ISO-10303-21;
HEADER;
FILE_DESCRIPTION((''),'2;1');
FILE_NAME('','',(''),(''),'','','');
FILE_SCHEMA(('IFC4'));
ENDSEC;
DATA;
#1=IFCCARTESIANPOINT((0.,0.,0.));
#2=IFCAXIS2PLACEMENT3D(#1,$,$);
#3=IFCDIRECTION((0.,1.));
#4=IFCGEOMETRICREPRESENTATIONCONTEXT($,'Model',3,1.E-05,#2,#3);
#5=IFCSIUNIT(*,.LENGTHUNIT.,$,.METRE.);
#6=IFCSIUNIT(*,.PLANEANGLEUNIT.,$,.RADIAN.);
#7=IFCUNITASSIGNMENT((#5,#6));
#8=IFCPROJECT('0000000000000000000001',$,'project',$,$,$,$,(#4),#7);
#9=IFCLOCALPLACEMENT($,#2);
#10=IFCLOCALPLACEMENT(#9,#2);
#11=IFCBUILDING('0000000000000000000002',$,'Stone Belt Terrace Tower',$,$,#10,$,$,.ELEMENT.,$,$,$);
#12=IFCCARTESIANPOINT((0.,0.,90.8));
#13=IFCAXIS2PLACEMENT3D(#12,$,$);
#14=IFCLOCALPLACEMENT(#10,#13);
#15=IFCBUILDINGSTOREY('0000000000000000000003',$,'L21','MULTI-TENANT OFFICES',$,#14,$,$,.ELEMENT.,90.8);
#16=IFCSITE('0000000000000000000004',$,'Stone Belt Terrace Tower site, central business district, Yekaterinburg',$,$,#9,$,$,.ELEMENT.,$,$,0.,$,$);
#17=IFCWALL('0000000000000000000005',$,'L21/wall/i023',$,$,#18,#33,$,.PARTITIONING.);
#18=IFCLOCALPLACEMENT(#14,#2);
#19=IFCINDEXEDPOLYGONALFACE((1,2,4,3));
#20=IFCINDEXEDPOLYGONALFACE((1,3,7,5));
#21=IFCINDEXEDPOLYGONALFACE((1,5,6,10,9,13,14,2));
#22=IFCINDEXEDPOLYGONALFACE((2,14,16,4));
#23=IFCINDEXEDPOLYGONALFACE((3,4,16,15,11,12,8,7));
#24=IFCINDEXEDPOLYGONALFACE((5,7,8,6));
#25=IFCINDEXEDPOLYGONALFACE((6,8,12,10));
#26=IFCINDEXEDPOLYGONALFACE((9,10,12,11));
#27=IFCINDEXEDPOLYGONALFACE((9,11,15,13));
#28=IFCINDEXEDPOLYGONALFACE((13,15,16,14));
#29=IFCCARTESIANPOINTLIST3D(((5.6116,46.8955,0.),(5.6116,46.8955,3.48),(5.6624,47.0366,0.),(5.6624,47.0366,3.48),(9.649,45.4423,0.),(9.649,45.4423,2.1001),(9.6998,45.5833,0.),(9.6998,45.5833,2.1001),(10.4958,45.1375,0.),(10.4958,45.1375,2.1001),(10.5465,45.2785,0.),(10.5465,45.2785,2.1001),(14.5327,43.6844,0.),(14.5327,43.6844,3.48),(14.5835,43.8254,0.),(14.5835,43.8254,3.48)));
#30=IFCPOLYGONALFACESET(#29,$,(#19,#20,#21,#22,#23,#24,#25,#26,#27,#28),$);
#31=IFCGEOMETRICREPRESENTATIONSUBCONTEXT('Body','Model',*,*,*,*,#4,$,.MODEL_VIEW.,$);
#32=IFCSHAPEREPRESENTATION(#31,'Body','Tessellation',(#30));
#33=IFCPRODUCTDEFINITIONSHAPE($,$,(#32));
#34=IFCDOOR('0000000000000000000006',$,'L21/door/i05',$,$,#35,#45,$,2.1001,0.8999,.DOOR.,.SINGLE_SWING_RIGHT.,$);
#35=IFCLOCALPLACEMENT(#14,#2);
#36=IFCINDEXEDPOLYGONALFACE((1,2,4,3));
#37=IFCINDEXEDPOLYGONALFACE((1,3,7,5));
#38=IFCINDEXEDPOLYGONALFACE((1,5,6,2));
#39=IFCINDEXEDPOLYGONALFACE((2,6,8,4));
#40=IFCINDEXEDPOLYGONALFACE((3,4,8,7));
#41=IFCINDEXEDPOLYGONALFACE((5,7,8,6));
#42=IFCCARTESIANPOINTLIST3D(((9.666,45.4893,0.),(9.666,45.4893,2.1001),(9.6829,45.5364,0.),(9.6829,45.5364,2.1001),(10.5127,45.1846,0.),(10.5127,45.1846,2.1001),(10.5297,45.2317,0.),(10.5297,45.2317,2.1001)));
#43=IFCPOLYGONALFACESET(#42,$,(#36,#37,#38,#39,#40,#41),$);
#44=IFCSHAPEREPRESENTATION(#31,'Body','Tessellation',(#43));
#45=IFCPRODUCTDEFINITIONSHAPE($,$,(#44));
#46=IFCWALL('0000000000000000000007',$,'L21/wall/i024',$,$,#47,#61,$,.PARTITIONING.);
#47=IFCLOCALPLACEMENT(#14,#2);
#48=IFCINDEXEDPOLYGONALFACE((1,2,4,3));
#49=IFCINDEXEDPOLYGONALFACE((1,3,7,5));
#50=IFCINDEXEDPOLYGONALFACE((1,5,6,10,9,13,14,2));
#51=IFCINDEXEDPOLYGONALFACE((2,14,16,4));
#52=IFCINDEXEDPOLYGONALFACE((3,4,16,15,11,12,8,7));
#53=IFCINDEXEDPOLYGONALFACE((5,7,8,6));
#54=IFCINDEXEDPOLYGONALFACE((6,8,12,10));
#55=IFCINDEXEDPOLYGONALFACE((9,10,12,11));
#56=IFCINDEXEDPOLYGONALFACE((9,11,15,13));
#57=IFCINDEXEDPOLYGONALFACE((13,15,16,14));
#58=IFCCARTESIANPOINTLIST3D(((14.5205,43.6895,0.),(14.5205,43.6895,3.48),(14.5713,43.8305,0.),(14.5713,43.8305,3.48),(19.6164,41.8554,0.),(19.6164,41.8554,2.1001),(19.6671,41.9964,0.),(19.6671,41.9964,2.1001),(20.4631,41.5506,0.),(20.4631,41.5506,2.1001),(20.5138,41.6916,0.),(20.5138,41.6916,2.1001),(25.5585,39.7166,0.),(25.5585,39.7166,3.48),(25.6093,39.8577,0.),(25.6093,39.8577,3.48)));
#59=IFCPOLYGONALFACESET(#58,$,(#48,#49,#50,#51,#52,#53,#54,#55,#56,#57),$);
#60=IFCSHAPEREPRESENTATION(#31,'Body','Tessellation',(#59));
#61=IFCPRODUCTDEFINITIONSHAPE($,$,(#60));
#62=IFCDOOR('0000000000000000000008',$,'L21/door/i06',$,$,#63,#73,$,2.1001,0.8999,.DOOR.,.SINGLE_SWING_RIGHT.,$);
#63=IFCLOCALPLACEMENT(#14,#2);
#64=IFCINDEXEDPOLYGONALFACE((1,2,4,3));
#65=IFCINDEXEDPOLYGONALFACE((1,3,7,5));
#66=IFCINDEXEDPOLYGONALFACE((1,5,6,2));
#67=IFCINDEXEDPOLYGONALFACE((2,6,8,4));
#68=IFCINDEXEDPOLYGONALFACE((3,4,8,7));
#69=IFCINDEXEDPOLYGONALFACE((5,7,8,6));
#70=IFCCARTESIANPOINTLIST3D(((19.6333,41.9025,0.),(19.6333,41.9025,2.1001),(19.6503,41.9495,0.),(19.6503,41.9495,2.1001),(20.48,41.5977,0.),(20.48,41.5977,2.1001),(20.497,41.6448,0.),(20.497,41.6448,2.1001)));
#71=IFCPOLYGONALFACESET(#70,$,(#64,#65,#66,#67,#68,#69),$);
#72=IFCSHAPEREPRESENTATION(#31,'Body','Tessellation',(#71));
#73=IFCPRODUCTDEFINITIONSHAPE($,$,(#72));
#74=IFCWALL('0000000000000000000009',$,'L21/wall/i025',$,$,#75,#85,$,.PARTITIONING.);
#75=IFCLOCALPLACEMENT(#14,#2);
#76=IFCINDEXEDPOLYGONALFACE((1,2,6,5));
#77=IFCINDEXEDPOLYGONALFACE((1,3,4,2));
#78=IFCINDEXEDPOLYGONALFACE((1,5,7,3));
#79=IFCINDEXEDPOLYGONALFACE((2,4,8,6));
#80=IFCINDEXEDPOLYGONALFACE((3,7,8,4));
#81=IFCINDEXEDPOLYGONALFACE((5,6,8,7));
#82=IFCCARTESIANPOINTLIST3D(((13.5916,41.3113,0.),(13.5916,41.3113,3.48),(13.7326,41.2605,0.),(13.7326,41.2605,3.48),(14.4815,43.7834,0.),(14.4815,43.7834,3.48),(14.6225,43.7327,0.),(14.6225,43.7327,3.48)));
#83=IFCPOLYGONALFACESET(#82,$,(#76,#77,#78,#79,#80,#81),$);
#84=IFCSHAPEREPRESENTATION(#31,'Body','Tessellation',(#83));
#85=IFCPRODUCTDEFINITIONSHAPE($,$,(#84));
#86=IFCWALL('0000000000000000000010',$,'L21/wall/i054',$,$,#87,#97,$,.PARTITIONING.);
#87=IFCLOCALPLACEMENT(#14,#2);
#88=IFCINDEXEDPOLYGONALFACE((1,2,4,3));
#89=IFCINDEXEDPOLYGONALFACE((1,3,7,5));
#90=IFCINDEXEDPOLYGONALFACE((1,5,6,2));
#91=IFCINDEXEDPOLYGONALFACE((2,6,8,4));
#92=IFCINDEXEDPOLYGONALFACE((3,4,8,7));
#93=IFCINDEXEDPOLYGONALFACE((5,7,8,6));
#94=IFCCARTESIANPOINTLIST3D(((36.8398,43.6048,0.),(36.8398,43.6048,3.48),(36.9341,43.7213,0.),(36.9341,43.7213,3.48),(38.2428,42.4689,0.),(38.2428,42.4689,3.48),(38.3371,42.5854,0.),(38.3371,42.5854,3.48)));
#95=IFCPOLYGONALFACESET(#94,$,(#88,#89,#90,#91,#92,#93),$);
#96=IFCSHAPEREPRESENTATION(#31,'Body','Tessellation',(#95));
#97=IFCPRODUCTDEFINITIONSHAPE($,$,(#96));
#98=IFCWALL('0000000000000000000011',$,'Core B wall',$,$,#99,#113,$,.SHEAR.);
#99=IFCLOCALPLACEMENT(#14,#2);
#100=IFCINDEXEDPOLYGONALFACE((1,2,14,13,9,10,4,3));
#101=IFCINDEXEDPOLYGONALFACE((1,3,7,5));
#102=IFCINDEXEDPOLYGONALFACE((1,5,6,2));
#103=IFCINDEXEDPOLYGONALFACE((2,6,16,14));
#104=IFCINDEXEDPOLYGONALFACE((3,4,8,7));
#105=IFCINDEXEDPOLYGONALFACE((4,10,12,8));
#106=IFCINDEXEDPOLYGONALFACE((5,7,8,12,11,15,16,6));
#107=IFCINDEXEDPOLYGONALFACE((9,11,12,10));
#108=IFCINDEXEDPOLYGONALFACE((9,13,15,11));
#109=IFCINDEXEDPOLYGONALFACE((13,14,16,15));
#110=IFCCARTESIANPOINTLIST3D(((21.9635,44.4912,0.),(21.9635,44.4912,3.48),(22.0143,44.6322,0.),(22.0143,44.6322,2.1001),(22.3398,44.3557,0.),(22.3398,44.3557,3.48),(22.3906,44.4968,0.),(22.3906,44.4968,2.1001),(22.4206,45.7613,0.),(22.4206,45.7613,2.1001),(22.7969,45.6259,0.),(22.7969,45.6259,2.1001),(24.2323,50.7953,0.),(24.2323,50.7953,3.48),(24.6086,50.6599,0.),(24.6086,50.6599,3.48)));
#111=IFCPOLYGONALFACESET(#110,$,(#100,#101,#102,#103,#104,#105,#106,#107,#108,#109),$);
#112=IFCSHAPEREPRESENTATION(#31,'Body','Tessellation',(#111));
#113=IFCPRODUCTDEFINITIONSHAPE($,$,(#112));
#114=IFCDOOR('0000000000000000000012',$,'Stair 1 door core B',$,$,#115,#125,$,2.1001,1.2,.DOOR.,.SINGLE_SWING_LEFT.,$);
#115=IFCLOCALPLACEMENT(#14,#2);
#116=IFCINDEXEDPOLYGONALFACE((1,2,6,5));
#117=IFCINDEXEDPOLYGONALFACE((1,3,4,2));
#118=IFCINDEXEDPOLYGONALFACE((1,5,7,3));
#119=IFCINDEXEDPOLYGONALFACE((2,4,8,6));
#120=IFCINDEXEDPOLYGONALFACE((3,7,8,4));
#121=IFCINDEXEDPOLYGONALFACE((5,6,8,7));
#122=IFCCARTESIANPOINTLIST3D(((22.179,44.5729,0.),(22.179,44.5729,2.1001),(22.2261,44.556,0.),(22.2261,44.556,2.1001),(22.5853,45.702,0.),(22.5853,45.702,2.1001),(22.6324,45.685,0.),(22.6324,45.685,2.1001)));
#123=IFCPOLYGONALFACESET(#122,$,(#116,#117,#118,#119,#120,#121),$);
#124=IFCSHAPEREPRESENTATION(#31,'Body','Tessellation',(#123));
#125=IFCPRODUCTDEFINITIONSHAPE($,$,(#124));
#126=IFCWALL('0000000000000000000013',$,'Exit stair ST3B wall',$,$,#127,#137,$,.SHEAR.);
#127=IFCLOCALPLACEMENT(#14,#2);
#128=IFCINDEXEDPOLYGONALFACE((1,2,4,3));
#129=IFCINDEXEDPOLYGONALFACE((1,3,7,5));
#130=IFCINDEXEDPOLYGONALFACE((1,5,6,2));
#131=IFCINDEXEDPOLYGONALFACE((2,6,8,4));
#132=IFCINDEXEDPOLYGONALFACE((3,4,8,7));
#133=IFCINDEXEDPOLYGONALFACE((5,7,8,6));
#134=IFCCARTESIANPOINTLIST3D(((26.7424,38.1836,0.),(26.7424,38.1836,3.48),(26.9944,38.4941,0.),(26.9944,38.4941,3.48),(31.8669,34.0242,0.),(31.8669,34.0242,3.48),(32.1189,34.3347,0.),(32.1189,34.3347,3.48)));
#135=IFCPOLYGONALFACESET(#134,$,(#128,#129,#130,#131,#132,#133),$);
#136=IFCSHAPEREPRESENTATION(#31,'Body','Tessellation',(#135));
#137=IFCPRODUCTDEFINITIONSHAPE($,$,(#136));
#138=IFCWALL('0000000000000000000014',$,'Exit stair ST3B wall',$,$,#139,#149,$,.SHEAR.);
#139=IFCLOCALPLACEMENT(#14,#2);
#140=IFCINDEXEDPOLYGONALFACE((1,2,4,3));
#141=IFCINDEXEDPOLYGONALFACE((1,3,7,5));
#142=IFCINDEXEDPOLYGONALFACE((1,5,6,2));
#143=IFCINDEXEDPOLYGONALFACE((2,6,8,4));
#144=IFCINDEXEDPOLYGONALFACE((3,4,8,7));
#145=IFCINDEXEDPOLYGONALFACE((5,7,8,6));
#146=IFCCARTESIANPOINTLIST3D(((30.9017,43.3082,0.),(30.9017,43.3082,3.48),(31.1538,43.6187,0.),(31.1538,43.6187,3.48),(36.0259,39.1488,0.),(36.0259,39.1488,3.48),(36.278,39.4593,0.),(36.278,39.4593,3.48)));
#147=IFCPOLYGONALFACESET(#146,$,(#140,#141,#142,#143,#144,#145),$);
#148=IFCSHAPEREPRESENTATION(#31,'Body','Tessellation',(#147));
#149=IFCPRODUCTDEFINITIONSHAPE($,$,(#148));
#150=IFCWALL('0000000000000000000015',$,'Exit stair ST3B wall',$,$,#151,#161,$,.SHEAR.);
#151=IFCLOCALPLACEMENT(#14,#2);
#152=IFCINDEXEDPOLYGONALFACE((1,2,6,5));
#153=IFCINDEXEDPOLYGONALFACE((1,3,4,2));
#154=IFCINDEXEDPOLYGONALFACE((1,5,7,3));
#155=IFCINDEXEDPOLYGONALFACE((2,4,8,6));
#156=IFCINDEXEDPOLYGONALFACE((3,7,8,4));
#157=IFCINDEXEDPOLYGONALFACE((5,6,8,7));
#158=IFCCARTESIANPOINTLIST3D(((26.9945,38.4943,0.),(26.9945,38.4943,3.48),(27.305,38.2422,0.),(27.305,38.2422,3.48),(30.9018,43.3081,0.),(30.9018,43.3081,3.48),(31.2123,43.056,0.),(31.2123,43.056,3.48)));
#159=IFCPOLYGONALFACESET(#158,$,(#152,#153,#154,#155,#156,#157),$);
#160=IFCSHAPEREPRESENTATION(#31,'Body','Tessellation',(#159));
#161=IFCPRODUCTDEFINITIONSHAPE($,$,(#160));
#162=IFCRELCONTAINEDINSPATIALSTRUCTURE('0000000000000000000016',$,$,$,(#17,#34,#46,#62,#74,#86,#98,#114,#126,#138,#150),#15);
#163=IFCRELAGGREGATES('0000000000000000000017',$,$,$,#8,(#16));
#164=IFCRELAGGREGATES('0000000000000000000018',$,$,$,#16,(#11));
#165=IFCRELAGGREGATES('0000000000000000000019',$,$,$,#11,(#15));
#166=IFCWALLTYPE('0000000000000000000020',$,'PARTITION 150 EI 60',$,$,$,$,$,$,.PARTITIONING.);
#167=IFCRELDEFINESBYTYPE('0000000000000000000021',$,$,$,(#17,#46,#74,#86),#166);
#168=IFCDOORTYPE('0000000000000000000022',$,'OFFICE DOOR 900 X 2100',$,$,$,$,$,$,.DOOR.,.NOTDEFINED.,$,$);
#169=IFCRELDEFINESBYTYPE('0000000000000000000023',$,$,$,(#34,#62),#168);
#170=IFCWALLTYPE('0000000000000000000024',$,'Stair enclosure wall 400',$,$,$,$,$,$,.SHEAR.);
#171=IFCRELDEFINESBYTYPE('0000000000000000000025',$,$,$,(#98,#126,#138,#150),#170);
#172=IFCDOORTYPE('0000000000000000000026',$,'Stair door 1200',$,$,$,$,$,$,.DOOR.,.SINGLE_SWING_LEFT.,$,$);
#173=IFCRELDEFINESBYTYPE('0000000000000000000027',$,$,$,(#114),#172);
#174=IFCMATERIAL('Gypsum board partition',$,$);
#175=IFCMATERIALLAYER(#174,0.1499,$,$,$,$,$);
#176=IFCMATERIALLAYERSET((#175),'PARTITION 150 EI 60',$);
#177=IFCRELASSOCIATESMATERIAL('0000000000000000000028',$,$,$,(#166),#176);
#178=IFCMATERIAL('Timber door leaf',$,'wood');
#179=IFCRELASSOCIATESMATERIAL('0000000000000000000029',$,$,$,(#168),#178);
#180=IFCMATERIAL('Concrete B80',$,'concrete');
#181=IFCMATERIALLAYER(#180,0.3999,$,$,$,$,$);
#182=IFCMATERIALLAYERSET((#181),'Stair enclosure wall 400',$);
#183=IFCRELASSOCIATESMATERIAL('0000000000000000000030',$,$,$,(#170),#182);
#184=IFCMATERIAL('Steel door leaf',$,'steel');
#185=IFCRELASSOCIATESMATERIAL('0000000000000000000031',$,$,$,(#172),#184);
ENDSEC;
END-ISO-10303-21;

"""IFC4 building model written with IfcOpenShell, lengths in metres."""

from ifc_helpers import new_model, si_unit, direction, frame, frame_2d, origin, place, context, subcontext, project, spatial, rectangle, extrude, material, layer, layer_set, type_object, element, fill, save


model = new_model("IFC4")

# Units and contexts
model_context = context("Model", 3, precision=1e-05, world=origin(), true_north=direction((0.0, 1.0)))
body_context = subcontext(model_context, "Body", "Model", "MODEL_VIEW")
ifc_project = project(units=[si_unit("LENGTHUNIT", "METRE"), si_unit("PLANEANGLEUNIT", "RADIAN")], contexts=[model_context])

# Site, building, storey
site_placement = place(None, origin())
site = spatial("IfcSite", under=ifc_project, at=site_placement, Name="Stone Belt Terrace Tower site, central business district, Yekaterinburg", CompositionType="ELEMENT", RefElevation=0.0)
building_placement = place(site_placement, origin())
building = spatial("IfcBuilding", under=site, at=building_placement, Name="Stone Belt Terrace Tower", CompositionType="ELEMENT")
storey_placement = place(building_placement, frame((0.0, 0.0, 90.8)))
storey = spatial("IfcBuildingStorey", under=building, at=storey_placement, Name="L21", Description="MULTI-TENANT OFFICES", CompositionType="ELEMENT", Elevation=90.8)

# Shared definitions
ifc_material_1 = material(Name="Concrete B80", Category="concrete")

# Walls, openings, doors
ifc_material_2 = material(Name="Gypsum board partition")
ifc_layer_1 = layer(ifc_material_2, 0.1499)
ifc_layer_set_1 = layer_set([ifc_layer_1], Name="PARTITION 150 EI 60")
wall_type_1 = type_object("IfcWallType", Name="PARTITION 150 EI 60", PredefinedType="PARTITIONING", material=ifc_layer_set_1)
wall_1_placement = place(storey_placement, frame((14.5581, 43.7549, 0.0), z_axis=(0.0, 0.0, 1.0), x_axis=(-0.940902, 0.338679, 0.0)))
wall_1 = element("IfcWall", 1, at=wall_1_placement, inside=storey, type_object=wall_type_1, Name="L21/wall/i023", PredefinedType="PARTITIONING", context=body_context, shape_type="SweptSolid", body=[
    extrude(rectangle(XDim=9.4814, YDim=0.1499, at=frame_2d((4.7407, 0.0))), origin(), (0.0, 0.0, 1.0), 3.48),
])
opening_1_placement = place(wall_1_placement, frame((4.2905, 0.0, 0.0)))
opening_1 = element("IfcOpeningElement", 2, at=opening_1_placement, cuts=wall_1, PredefinedType="OPENING", context=body_context, shape_type="SweptSolid", body=[
    extrude(rectangle(XDim=0.8999, YDim=2.1001, at=frame_2d((0.45, 1.05))), frame((0.0, 0.085, 0.0), z_axis=(0.0, -1.0, 0.0), x_axis=(1.0, 0.0, 0.0)), (0.0, 0.0, 1.0), 0.1699),
])
ifc_material_3 = material(Name="Timber door leaf", Category="wood")
door_type_1 = type_object("IfcDoorType", Name="OFFICE DOOR 900 X 2100", OperationType="NOTDEFINED", PredefinedType="DOOR", material=ifc_material_3)
door_1_placement = place(opening_1_placement, origin())
door_1 = element("IfcDoor", 3, at=door_1_placement, inside=storey, type_object=door_type_1, Name="L21/door/i05", OperationType="SINGLE_SWING_RIGHT", OverallHeight=2.1001, OverallWidth=0.8999, PredefinedType="DOOR", context=body_context, shape_type="SweptSolid", body=[
    extrude(rectangle(XDim=0.8999, YDim=2.1001, at=frame_2d((0.45, 1.05))), frame((0.0, 0.0249, 0.0), z_axis=(0.0, -1.0, 0.0), x_axis=(1.0, 0.0, 0.0)), (0.0, 0.0, 1.0), 0.05),
])
fill(opening_1, door_1)
wall_2_placement = place(storey_placement, frame((25.584, 39.7871, 0.0), z_axis=(0.0, 0.0, 1.0), x_axis=(-0.940909, 0.338658, 0.0)))
wall_2 = element("IfcWall", 4, at=wall_2_placement, inside=storey, type_object=wall_type_1, Name="L21/wall/i024", PredefinedType="PARTITIONING", context=body_context, shape_type="SweptSolid", body=[
    extrude(rectangle(XDim=11.7312, YDim=0.1499, at=frame_2d((5.8657, 0.0))), origin(), (0.0, 0.0, 1.0), 3.48),
])
opening_2_placement = place(wall_2_placement, frame((5.4155, 0.0, 0.0)))
opening_2 = element("IfcOpeningElement", 5, at=opening_2_placement, cuts=wall_2, PredefinedType="OPENING", context=body_context, shape_type="SweptSolid", body=[
    extrude(rectangle(XDim=0.8999, YDim=2.1001, at=frame_2d((0.45, 1.05))), frame((0.0, 0.085, 0.0), z_axis=(0.0, -1.0, 0.0), x_axis=(1.0, 0.0, 0.0)), (0.0, 0.0, 1.0), 0.1699),
])
door_2_placement = place(opening_2_placement, origin())
door_2 = element("IfcDoor", 6, at=door_2_placement, inside=storey, type_object=door_type_1, Name="L21/door/i06", OperationType="SINGLE_SWING_RIGHT", OverallHeight=2.1001, OverallWidth=0.8999, PredefinedType="DOOR", context=body_context, shape_type="SweptSolid", body=[
    extrude(rectangle(XDim=0.8999, YDim=2.1001, at=frame_2d((0.45, 1.05))), frame((0.0, 0.0249, 0.0), z_axis=(0.0, -1.0, 0.0), x_axis=(1.0, 0.0, 0.0)), (0.0, 0.0, 1.0), 0.05),
])
fill(opening_2, door_2)

# Walls
wall_3_placement = place(storey_placement, frame((14.552, 43.7581, 0.0), z_axis=(0.0, 0.0, 1.0), x_axis=(-0.33869, -0.940898, 0.0)))
element("IfcWall", 7, at=wall_3_placement, inside=storey, type_object=wall_type_1, Name="L21/wall/i025", PredefinedType="PARTITIONING", context=body_context, shape_type="SweptSolid", body=[
    extrude(rectangle(XDim=2.6274, YDim=0.1499, at=frame_2d((1.3137, 0.0))), origin(), (0.0, 0.0, 1.0), 3.48),
])
wall_4_placement = place(storey_placement, frame((36.887, 43.6631, 0.0), z_axis=(0.0, 0.0, 1.0), x_axis=(0.777201, -0.629253, 0.0)))
element("IfcWall", 8, at=wall_4_placement, inside=storey, type_object=wall_type_1, Name="L21/wall/i054", PredefinedType="PARTITIONING", context=body_context, shape_type="SweptSolid", body=[
    extrude(rectangle(XDim=1.8052, YDim=0.1499, at=frame_2d((0.9026, 0.0))), origin(), (0.0, 0.0, 1.0), 3.48),
])

# Wall, opening, door
ifc_layer_2 = layer(ifc_material_1, 0.3999)
ifc_layer_set_2 = layer_set([ifc_layer_2], Name="Stair enclosure wall 400")
wall_type_2 = type_object("IfcWallType", Name="Stair enclosure wall 400", PredefinedType="SHEAR", material=ifc_layer_set_2)
wall_5_placement = place(storey_placement, frame((22.1516, 44.4233, 0.0), z_axis=(0.0, 0.0, 1.0), x_axis=(0.338625, 0.940921, 0.0)))
wall_5 = element("IfcWall", 9, at=wall_5_placement, inside=storey, type_object=wall_type_2, Name="Core B wall", PredefinedType="SHEAR", context=body_context, shape_type="SweptSolid", body=[
    extrude(rectangle(XDim=6.7, YDim=0.3999, at=frame_2d((3.3501, 0.0))), origin(), (0.0, 0.0, 1.0), 3.48),
])
opening_3_placement = place(wall_5_placement, frame((0.1499, 0.0, 0.0)))
opening_3 = element("IfcOpeningElement", 10, at=opening_3_placement, cuts=wall_5, PredefinedType="OPENING", context=body_context, shape_type="SweptSolid", body=[
    extrude(rectangle(XDim=1.2, YDim=2.1001, at=frame_2d((0.6001, 1.05))), frame((0.0, 0.21, 0.0), z_axis=(0.0, -1.0, 0.0), x_axis=(1.0, 0.0, 0.0)), (0.0, 0.0, 1.0), 0.4199),
])
ifc_material_4 = material(Name="Steel door leaf", Category="steel")
door_type_2 = type_object("IfcDoorType", Name="Stair door 1200", OperationType="SINGLE_SWING_LEFT", PredefinedType="DOOR", material=ifc_material_4)
door_3_placement = place(opening_3_placement, origin())
door_3 = element("IfcDoor", 11, at=door_3_placement, inside=storey, type_object=door_type_2, Name="Stair 1 door core B", OperationType="SINGLE_SWING_LEFT", OverallHeight=2.1001, OverallWidth=1.2, PredefinedType="DOOR", context=body_context, shape_type="SweptSolid", body=[
    extrude(rectangle(XDim=1.2, YDim=2.1001, at=frame_2d((0.6001, 1.05))), frame((0.0, 0.0249, 0.0), z_axis=(0.0, -1.0, 0.0), x_axis=(1.0, 0.0, 0.0)), (0.0, 0.0, 1.0), 0.05),
])
fill(opening_3, door_3)

# Walls
wall_6_placement = place(storey_placement, frame((26.8684, 38.3389, 0.0), z_axis=(0.0, 0.0, 1.0), x_axis=(0.776428, -0.630205, 0.0)))
element("IfcWall", 12, at=wall_6_placement, inside=storey, type_object=wall_type_2, Name="Exit stair ST3B wall", PredefinedType="SHEAR", context=body_context, shape_type="SweptSolid", body=[
    extrude(rectangle(XDim=6.6001, YDim=0.3999, at=frame_2d((3.3, 0.0))), origin(), (0.0, 0.0, 1.0), 3.48),
])
wall_7_placement = place(storey_placement, frame((31.0278, 43.4634, 0.0), z_axis=(0.0, 0.0, 1.0), x_axis=(0.776414, -0.630224, 0.0)))
element("IfcWall", 13, at=wall_7_placement, inside=storey, type_object=wall_type_2, Name="Exit stair ST3B wall", PredefinedType="SHEAR", context=body_context, shape_type="SweptSolid", body=[
    extrude(rectangle(XDim=6.5999, YDim=0.3999, at=frame_2d((3.2998, 0.0))), origin(), (0.0, 0.0, 1.0), 3.48),
])
wall_8_placement = place(storey_placement, frame((27.1497, 38.3682, 0.0), z_axis=(0.0, 0.0, 1.0), x_axis=(0.630212, 0.776423, 0.0)))
element("IfcWall", 14, at=wall_8_placement, inside=storey, type_object=wall_type_2, Name="Exit stair ST3B wall", PredefinedType="SHEAR", context=body_context, shape_type="SweptSolid", body=[
    extrude(rectangle(XDim=6.2, YDim=0.3999, at=frame_2d((3.1001, 0.0))), origin(), (0.0, 0.0, 1.0), 3.48),
])

save(model, "model.ifc")
